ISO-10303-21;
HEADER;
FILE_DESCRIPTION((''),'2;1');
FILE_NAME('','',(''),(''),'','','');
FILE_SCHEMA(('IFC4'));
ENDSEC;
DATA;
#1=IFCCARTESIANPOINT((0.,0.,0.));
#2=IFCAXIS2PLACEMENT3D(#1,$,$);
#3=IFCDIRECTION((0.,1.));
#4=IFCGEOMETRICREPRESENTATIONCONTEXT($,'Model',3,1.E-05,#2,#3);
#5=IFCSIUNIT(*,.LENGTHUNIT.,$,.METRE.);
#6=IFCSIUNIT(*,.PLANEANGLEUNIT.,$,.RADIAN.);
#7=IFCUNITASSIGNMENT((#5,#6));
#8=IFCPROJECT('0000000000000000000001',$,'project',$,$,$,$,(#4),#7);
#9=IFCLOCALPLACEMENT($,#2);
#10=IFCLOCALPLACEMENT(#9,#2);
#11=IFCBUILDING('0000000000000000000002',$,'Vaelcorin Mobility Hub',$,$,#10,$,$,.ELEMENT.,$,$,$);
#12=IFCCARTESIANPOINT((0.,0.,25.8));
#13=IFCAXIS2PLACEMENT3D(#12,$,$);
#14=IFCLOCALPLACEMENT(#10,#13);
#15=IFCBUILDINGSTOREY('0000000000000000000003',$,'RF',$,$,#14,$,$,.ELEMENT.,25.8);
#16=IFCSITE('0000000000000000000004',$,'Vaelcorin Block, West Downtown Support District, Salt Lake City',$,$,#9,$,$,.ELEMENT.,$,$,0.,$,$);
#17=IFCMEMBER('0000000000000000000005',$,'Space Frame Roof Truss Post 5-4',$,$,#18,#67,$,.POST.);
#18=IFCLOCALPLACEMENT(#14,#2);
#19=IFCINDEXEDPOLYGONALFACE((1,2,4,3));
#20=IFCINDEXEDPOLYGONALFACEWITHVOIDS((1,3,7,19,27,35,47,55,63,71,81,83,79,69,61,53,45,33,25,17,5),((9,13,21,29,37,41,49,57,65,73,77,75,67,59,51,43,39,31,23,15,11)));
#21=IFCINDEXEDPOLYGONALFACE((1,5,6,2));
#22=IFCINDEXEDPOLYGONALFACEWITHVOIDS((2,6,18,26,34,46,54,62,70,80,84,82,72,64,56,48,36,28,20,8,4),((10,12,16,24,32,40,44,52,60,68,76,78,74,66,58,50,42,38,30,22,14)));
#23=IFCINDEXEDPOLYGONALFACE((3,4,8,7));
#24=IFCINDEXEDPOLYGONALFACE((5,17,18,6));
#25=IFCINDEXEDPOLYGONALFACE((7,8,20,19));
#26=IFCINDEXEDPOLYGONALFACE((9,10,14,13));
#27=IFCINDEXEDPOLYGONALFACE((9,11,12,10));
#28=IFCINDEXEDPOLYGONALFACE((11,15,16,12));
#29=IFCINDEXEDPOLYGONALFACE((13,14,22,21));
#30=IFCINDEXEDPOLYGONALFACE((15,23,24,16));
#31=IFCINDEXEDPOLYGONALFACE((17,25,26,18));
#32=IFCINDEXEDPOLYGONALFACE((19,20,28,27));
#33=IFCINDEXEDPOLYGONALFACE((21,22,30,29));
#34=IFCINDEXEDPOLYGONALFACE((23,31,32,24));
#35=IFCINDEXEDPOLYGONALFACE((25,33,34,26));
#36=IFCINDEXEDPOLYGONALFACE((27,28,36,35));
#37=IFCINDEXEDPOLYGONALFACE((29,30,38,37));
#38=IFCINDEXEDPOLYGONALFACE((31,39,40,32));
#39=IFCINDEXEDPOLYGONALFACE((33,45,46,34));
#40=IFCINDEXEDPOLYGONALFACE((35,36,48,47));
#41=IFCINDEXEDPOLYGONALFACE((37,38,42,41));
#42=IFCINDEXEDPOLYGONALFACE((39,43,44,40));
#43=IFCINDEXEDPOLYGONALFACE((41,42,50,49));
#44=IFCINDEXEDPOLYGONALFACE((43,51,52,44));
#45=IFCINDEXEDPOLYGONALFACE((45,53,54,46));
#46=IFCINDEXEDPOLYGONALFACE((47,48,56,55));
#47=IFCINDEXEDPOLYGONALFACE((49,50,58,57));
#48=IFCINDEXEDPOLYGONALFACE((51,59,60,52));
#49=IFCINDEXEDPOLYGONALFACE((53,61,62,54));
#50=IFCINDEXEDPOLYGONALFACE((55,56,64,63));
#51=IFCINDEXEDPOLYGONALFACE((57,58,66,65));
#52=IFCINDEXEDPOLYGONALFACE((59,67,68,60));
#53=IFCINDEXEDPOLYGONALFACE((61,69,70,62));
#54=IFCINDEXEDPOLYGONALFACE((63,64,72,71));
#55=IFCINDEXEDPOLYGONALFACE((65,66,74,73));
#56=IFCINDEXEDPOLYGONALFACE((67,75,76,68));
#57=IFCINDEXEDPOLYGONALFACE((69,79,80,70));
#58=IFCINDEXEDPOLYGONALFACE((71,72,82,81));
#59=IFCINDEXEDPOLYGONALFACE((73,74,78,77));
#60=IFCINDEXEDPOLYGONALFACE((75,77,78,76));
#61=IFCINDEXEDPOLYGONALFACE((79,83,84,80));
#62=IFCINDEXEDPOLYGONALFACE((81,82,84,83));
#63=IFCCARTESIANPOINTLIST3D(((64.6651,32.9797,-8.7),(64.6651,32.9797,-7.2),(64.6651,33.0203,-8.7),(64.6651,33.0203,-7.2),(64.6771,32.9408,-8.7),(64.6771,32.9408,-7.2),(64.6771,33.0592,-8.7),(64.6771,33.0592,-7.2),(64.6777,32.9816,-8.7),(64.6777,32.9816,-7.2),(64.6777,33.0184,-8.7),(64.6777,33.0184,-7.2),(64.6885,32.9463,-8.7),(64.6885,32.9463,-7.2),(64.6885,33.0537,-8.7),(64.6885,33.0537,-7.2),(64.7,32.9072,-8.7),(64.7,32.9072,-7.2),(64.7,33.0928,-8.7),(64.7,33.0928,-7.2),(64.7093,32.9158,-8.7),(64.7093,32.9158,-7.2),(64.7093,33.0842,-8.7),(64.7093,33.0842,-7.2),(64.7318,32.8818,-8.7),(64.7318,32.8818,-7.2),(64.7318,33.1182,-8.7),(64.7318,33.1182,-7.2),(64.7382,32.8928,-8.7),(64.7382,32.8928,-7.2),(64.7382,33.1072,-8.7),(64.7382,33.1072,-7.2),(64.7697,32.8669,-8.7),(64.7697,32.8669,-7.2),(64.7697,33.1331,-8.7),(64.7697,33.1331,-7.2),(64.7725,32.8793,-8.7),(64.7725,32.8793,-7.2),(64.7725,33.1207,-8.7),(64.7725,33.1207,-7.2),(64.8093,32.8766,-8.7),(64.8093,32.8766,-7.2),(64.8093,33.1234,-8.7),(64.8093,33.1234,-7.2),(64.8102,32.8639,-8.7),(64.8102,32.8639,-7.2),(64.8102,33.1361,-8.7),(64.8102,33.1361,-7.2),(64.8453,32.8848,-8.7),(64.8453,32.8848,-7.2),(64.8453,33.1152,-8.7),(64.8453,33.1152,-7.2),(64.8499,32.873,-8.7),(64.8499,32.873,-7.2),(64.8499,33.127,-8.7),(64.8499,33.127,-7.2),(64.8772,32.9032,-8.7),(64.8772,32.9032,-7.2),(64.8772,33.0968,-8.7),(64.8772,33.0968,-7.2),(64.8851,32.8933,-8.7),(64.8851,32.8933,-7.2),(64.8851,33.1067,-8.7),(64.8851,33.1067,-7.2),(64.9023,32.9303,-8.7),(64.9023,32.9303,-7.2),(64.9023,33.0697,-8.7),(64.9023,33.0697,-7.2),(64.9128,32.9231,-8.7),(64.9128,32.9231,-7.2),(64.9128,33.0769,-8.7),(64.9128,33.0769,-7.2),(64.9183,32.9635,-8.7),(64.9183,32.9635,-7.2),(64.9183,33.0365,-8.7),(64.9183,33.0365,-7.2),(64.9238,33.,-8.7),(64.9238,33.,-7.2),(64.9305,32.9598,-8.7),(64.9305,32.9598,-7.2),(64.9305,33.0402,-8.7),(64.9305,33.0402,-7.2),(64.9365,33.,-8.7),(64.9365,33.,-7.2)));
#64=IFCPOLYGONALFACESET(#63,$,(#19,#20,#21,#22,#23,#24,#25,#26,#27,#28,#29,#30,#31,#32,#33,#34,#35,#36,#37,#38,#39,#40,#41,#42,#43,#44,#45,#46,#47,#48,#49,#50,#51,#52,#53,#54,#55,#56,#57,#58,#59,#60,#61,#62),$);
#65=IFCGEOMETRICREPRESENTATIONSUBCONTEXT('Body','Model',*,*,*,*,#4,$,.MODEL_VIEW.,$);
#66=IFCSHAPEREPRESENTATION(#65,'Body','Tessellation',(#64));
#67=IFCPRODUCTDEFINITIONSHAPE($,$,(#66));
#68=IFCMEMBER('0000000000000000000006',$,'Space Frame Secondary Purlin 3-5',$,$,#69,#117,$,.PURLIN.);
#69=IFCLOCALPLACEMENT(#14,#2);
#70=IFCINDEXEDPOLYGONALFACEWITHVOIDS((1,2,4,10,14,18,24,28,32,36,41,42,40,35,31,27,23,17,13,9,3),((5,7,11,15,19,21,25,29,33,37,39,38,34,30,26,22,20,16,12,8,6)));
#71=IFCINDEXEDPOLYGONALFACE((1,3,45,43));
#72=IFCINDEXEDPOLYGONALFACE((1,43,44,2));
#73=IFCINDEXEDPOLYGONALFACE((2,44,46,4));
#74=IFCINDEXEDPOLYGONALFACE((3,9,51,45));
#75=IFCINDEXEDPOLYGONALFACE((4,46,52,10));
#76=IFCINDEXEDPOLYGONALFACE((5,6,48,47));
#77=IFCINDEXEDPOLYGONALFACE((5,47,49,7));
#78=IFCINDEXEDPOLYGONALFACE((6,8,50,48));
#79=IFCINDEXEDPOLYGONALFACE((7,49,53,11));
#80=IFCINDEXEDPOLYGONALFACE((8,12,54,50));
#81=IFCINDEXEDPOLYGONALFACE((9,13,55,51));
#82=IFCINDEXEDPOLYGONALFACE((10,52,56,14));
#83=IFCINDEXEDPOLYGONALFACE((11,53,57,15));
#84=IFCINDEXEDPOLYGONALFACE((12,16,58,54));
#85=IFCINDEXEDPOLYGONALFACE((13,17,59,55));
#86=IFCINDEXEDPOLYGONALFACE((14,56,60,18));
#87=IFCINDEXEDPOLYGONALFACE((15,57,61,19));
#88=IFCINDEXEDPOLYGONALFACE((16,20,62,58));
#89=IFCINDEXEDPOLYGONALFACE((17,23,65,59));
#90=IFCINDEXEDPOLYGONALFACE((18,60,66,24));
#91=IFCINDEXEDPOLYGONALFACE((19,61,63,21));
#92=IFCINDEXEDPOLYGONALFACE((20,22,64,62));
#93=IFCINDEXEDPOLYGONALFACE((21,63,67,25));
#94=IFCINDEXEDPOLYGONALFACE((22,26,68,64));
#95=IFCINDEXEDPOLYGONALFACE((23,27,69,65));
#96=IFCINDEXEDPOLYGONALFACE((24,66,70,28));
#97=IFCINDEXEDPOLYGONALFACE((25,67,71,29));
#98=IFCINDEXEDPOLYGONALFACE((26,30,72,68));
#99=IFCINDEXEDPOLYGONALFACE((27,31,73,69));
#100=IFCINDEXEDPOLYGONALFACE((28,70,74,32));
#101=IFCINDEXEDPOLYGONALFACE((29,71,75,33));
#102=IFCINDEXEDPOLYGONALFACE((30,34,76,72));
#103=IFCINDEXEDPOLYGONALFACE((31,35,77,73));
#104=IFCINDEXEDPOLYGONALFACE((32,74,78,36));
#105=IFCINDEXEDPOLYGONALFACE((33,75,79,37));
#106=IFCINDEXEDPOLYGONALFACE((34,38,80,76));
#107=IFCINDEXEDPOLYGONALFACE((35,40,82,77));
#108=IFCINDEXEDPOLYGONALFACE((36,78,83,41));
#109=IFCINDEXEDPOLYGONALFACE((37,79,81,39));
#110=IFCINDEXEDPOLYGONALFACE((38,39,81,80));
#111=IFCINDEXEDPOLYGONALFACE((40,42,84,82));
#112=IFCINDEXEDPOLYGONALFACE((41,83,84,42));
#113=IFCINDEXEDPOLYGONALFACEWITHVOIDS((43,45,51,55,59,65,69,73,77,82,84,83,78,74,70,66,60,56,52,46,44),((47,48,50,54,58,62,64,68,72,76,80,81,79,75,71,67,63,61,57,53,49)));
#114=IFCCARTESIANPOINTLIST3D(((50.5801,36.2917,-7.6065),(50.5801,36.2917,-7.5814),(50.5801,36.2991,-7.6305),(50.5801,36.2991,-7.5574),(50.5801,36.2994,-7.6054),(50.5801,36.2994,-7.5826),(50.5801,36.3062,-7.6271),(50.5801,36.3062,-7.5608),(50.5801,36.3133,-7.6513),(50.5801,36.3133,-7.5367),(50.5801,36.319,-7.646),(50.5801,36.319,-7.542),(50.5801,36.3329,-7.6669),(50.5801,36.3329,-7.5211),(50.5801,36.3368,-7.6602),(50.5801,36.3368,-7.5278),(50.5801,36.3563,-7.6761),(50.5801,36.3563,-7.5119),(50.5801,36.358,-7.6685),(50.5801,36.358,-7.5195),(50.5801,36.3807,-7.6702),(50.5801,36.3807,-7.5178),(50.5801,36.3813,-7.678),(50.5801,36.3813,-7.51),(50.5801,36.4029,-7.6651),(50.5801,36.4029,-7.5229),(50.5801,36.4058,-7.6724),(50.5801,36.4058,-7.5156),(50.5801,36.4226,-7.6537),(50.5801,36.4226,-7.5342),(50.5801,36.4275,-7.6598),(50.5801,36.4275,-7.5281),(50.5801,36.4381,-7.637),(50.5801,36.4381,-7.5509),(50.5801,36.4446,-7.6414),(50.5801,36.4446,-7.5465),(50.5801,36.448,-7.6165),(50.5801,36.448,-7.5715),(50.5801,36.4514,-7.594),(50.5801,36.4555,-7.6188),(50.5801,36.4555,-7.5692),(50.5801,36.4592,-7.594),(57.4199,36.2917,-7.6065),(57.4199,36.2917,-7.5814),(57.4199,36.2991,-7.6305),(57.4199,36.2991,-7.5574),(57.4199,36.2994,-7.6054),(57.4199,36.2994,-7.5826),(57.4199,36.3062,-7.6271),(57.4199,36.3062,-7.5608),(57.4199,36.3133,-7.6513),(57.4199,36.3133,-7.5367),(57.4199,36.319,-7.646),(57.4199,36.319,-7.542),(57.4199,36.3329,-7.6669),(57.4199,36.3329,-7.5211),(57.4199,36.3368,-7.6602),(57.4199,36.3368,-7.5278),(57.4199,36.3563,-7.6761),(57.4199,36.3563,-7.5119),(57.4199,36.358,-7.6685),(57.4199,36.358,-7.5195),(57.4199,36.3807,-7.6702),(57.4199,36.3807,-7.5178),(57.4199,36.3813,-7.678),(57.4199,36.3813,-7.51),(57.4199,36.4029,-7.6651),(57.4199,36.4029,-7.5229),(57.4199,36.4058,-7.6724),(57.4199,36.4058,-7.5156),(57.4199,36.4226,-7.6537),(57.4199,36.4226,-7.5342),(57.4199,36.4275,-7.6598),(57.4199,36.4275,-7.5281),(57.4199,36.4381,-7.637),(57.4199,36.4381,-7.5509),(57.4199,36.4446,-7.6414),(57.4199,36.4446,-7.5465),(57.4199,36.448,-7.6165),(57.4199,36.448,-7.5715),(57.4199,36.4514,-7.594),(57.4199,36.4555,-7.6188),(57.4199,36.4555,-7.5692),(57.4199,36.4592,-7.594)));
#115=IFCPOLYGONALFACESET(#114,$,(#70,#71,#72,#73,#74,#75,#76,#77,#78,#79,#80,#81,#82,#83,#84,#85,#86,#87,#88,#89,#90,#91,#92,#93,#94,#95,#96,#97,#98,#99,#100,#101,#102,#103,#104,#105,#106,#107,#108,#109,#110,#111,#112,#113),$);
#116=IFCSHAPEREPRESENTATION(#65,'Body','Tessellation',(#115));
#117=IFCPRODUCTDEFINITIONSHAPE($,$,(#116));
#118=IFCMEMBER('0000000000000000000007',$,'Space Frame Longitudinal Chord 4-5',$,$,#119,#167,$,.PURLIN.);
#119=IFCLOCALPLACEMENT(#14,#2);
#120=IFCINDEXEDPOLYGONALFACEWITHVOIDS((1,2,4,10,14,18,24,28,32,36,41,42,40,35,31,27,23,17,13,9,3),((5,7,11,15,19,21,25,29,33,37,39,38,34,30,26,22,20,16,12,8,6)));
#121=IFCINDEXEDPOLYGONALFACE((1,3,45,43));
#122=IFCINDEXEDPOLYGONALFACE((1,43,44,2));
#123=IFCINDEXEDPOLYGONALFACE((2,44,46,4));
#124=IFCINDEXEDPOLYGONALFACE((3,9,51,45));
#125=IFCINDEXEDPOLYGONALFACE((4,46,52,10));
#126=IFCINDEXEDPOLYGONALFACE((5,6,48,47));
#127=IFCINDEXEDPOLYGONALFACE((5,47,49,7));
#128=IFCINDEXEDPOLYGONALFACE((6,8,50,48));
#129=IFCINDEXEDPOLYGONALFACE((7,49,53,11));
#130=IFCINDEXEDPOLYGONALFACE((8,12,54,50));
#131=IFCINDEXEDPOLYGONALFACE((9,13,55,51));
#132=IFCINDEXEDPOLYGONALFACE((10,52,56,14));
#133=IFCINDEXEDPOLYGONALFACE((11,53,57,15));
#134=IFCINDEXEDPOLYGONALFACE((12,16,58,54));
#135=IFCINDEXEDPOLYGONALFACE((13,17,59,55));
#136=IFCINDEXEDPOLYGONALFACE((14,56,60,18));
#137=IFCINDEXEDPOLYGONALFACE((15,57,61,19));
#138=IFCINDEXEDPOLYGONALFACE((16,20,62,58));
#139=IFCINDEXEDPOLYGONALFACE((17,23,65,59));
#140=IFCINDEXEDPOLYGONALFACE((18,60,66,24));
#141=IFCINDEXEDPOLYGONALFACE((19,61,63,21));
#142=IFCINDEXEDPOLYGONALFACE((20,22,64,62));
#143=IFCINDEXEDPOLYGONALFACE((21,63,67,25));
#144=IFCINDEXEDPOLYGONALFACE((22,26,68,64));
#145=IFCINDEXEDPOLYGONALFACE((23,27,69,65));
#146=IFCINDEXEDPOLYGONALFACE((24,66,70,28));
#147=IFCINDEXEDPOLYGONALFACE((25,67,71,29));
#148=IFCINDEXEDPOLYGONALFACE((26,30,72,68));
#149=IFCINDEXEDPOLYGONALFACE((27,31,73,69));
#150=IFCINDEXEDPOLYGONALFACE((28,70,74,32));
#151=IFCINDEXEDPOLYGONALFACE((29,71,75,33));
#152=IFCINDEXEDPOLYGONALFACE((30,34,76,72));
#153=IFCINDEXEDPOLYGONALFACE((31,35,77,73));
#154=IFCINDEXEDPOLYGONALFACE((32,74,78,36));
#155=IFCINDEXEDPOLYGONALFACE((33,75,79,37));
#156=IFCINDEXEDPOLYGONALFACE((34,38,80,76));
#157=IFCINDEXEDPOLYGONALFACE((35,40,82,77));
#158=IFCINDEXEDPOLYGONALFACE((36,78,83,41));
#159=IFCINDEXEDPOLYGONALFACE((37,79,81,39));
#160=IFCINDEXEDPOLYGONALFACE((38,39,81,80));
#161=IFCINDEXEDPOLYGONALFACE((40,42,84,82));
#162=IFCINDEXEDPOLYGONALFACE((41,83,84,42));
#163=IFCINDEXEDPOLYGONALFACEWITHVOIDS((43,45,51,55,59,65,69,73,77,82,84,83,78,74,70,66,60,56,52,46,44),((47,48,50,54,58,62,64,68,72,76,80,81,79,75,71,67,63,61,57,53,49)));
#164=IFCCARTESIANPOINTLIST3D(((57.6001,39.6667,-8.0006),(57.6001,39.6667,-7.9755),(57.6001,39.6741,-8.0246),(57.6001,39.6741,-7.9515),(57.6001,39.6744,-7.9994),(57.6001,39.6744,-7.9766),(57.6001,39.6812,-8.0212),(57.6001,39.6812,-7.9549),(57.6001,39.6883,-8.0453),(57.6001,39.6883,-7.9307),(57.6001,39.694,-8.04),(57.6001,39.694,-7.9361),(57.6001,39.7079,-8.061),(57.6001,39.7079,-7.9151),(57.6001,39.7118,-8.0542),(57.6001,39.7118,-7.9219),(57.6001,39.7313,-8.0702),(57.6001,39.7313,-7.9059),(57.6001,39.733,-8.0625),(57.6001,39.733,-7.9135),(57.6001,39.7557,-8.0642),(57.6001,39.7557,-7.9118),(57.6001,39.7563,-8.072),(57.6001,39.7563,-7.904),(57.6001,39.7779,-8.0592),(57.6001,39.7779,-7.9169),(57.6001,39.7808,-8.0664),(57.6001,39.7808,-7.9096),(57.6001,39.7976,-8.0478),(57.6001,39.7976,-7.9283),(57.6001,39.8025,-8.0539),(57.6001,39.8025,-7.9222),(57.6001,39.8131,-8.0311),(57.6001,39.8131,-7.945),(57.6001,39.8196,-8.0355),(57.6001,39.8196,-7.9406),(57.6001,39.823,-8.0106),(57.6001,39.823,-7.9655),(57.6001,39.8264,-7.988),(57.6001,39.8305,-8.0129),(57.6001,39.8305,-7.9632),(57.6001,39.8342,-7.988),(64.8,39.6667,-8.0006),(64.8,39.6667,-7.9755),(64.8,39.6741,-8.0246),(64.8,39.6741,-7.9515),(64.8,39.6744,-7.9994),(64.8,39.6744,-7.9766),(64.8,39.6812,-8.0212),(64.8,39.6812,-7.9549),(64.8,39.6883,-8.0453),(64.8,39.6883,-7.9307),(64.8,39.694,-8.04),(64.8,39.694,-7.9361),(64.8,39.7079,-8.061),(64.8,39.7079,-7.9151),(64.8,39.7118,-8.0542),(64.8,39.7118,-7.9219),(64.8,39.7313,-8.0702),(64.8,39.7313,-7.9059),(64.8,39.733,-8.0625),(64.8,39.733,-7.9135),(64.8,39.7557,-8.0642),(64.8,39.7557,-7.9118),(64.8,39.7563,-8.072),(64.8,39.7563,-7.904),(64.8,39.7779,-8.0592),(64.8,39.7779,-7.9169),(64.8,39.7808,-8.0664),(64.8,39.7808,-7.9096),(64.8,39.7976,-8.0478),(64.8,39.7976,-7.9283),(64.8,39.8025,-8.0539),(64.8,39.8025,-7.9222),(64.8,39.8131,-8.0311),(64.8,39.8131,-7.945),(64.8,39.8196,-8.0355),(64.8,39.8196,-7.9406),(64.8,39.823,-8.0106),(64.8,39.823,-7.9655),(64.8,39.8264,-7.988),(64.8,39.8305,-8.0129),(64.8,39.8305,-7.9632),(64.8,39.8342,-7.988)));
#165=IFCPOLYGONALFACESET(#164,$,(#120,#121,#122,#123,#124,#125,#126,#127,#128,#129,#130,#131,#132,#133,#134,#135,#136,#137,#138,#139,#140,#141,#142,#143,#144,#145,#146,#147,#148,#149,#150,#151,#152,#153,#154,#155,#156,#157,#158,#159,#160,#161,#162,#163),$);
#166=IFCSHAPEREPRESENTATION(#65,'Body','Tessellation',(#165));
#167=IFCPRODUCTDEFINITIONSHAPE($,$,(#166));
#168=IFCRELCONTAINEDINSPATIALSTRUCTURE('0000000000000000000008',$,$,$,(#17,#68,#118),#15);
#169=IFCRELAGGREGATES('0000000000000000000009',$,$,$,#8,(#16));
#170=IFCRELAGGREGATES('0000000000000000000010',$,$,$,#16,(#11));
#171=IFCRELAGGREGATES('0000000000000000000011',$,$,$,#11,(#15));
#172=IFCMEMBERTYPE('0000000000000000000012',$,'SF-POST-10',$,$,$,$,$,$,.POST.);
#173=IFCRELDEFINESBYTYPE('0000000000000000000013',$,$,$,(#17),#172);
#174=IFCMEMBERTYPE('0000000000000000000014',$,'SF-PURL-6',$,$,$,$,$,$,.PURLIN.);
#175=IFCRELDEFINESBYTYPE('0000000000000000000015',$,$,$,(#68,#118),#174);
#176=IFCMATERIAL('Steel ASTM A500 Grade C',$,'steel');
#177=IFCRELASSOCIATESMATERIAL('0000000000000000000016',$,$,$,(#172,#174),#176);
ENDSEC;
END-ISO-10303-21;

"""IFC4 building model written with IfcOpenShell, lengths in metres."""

from ifc_helpers import new_model, si_unit, direction, frame, origin, origin_2d, place, context, subcontext, project, spatial, hollow_circle, extrude, material, material_profile, profile_set, type_object, element, save


model = new_model("IFC4")

# Units and contexts
model_context = context("Model", 3, precision=1e-05, world=origin(), true_north=direction((0.0, 1.0)))
body_context = subcontext(model_context, "Body", "Model", "MODEL_VIEW")
ifc_project = project(units=[si_unit("LENGTHUNIT", "METRE"), si_unit("PLANEANGLEUNIT", "RADIAN")], contexts=[model_context])

# Site, building, storey
site_placement = place(None, origin())
site = spatial("IfcSite", under=ifc_project, at=site_placement, Name="Vaelcorin Block, West Downtown Support District, Salt Lake City", CompositionType="ELEMENT", RefElevation=0.0)
building_placement = place(site_placement, origin())
building = spatial("IfcBuilding", under=site, at=building_placement, Name="Vaelcorin Mobility Hub", CompositionType="ELEMENT")
storey_placement = place(building_placement, frame((0.0, 0.0, 25.8)))
storey = spatial("IfcBuildingStorey", under=building, at=storey_placement, Name="RF", CompositionType="ELEMENT", Elevation=25.8)

# Members
ifc_material_1 = material(Name="Steel ASTM A500 Grade C", Category="steel")
ifc_material_profile_1 = material_profile(ifc_material_1, hollow_circle(Radius=0.1365, WallThickness=0.0127, at=origin_2d()), Name="HSS10.750X0.500")
ifc_profile_set_1 = profile_set([ifc_material_profile_1], Name="Steel ASTM A500 Grade C")
member_type_1 = type_object("IfcMemberType", Name="SF-POST-10", PredefinedType="POST", material=ifc_profile_set_1)
for number, where, z_axis, x_axis, name in (
    (1, (64.8, 33.0, -8.7), (0.0, 0.0, 1.0), (1.0, 0.0, 0.0), "Space Frame Roof Truss Post 5-4"),
):
    element("IfcMember", number, at=place(storey_placement, frame(where, z_axis=z_axis, x_axis=x_axis)), inside=storey, type_object=member_type_1, Name=name, PredefinedType="POST", context=body_context, shape_type="SweptSolid", body=[
        extrude(hollow_circle(Radius=0.1365, WallThickness=0.0127, at=origin_2d()), origin(), (0.0, 0.0, 1.0), 1.5),
    ])
ifc_material_profile_2 = material_profile(ifc_material_1, hollow_circle(Radius=0.0842, WallThickness=0.0078, at=origin_2d()), Name="HSS6.625X0.312")
ifc_profile_set_2 = profile_set([ifc_material_profile_2], Name="Steel ASTM A500 Grade C")
member_type_2 = type_object("IfcMemberType", Name="SF-PURL-6", PredefinedType="PURLIN", material=ifc_profile_set_2)
member_1_placement = place(storey_placement, frame((50.5801, 36.375, -7.594), z_axis=(1.0, 0.0, 0.0), x_axis=(0.0, 1.0, 0.0)))
element("IfcMember", 2, at=member_1_placement, inside=storey, type_object=member_type_2, Name="Space Frame Secondary Purlin 3-5", PredefinedType="PURLIN", context=body_context, shape_type="SweptSolid", body=[
    extrude(hollow_circle(Radius=0.0842, WallThickness=0.0078, at=origin_2d()), origin(), (0.0, 0.0, 1.0), 6.8398),
])
member_2_placement = place(storey_placement, frame((57.6001, 39.75, -7.988), z_axis=(1.0, 0.0, 0.0), x_axis=(0.0, 1.0, 0.0)))
element("IfcMember", 3, at=member_2_placement, inside=storey, type_object=member_type_2, Name="Space Frame Longitudinal Chord 4-5", PredefinedType="PURLIN", context=body_context, shape_type="SweptSolid", body=[
    extrude(hollow_circle(Radius=0.0842, WallThickness=0.0078, at=origin_2d()), origin(), (0.0, 0.0, 1.0), 7.2),
])

save(model, "model.ifc")
